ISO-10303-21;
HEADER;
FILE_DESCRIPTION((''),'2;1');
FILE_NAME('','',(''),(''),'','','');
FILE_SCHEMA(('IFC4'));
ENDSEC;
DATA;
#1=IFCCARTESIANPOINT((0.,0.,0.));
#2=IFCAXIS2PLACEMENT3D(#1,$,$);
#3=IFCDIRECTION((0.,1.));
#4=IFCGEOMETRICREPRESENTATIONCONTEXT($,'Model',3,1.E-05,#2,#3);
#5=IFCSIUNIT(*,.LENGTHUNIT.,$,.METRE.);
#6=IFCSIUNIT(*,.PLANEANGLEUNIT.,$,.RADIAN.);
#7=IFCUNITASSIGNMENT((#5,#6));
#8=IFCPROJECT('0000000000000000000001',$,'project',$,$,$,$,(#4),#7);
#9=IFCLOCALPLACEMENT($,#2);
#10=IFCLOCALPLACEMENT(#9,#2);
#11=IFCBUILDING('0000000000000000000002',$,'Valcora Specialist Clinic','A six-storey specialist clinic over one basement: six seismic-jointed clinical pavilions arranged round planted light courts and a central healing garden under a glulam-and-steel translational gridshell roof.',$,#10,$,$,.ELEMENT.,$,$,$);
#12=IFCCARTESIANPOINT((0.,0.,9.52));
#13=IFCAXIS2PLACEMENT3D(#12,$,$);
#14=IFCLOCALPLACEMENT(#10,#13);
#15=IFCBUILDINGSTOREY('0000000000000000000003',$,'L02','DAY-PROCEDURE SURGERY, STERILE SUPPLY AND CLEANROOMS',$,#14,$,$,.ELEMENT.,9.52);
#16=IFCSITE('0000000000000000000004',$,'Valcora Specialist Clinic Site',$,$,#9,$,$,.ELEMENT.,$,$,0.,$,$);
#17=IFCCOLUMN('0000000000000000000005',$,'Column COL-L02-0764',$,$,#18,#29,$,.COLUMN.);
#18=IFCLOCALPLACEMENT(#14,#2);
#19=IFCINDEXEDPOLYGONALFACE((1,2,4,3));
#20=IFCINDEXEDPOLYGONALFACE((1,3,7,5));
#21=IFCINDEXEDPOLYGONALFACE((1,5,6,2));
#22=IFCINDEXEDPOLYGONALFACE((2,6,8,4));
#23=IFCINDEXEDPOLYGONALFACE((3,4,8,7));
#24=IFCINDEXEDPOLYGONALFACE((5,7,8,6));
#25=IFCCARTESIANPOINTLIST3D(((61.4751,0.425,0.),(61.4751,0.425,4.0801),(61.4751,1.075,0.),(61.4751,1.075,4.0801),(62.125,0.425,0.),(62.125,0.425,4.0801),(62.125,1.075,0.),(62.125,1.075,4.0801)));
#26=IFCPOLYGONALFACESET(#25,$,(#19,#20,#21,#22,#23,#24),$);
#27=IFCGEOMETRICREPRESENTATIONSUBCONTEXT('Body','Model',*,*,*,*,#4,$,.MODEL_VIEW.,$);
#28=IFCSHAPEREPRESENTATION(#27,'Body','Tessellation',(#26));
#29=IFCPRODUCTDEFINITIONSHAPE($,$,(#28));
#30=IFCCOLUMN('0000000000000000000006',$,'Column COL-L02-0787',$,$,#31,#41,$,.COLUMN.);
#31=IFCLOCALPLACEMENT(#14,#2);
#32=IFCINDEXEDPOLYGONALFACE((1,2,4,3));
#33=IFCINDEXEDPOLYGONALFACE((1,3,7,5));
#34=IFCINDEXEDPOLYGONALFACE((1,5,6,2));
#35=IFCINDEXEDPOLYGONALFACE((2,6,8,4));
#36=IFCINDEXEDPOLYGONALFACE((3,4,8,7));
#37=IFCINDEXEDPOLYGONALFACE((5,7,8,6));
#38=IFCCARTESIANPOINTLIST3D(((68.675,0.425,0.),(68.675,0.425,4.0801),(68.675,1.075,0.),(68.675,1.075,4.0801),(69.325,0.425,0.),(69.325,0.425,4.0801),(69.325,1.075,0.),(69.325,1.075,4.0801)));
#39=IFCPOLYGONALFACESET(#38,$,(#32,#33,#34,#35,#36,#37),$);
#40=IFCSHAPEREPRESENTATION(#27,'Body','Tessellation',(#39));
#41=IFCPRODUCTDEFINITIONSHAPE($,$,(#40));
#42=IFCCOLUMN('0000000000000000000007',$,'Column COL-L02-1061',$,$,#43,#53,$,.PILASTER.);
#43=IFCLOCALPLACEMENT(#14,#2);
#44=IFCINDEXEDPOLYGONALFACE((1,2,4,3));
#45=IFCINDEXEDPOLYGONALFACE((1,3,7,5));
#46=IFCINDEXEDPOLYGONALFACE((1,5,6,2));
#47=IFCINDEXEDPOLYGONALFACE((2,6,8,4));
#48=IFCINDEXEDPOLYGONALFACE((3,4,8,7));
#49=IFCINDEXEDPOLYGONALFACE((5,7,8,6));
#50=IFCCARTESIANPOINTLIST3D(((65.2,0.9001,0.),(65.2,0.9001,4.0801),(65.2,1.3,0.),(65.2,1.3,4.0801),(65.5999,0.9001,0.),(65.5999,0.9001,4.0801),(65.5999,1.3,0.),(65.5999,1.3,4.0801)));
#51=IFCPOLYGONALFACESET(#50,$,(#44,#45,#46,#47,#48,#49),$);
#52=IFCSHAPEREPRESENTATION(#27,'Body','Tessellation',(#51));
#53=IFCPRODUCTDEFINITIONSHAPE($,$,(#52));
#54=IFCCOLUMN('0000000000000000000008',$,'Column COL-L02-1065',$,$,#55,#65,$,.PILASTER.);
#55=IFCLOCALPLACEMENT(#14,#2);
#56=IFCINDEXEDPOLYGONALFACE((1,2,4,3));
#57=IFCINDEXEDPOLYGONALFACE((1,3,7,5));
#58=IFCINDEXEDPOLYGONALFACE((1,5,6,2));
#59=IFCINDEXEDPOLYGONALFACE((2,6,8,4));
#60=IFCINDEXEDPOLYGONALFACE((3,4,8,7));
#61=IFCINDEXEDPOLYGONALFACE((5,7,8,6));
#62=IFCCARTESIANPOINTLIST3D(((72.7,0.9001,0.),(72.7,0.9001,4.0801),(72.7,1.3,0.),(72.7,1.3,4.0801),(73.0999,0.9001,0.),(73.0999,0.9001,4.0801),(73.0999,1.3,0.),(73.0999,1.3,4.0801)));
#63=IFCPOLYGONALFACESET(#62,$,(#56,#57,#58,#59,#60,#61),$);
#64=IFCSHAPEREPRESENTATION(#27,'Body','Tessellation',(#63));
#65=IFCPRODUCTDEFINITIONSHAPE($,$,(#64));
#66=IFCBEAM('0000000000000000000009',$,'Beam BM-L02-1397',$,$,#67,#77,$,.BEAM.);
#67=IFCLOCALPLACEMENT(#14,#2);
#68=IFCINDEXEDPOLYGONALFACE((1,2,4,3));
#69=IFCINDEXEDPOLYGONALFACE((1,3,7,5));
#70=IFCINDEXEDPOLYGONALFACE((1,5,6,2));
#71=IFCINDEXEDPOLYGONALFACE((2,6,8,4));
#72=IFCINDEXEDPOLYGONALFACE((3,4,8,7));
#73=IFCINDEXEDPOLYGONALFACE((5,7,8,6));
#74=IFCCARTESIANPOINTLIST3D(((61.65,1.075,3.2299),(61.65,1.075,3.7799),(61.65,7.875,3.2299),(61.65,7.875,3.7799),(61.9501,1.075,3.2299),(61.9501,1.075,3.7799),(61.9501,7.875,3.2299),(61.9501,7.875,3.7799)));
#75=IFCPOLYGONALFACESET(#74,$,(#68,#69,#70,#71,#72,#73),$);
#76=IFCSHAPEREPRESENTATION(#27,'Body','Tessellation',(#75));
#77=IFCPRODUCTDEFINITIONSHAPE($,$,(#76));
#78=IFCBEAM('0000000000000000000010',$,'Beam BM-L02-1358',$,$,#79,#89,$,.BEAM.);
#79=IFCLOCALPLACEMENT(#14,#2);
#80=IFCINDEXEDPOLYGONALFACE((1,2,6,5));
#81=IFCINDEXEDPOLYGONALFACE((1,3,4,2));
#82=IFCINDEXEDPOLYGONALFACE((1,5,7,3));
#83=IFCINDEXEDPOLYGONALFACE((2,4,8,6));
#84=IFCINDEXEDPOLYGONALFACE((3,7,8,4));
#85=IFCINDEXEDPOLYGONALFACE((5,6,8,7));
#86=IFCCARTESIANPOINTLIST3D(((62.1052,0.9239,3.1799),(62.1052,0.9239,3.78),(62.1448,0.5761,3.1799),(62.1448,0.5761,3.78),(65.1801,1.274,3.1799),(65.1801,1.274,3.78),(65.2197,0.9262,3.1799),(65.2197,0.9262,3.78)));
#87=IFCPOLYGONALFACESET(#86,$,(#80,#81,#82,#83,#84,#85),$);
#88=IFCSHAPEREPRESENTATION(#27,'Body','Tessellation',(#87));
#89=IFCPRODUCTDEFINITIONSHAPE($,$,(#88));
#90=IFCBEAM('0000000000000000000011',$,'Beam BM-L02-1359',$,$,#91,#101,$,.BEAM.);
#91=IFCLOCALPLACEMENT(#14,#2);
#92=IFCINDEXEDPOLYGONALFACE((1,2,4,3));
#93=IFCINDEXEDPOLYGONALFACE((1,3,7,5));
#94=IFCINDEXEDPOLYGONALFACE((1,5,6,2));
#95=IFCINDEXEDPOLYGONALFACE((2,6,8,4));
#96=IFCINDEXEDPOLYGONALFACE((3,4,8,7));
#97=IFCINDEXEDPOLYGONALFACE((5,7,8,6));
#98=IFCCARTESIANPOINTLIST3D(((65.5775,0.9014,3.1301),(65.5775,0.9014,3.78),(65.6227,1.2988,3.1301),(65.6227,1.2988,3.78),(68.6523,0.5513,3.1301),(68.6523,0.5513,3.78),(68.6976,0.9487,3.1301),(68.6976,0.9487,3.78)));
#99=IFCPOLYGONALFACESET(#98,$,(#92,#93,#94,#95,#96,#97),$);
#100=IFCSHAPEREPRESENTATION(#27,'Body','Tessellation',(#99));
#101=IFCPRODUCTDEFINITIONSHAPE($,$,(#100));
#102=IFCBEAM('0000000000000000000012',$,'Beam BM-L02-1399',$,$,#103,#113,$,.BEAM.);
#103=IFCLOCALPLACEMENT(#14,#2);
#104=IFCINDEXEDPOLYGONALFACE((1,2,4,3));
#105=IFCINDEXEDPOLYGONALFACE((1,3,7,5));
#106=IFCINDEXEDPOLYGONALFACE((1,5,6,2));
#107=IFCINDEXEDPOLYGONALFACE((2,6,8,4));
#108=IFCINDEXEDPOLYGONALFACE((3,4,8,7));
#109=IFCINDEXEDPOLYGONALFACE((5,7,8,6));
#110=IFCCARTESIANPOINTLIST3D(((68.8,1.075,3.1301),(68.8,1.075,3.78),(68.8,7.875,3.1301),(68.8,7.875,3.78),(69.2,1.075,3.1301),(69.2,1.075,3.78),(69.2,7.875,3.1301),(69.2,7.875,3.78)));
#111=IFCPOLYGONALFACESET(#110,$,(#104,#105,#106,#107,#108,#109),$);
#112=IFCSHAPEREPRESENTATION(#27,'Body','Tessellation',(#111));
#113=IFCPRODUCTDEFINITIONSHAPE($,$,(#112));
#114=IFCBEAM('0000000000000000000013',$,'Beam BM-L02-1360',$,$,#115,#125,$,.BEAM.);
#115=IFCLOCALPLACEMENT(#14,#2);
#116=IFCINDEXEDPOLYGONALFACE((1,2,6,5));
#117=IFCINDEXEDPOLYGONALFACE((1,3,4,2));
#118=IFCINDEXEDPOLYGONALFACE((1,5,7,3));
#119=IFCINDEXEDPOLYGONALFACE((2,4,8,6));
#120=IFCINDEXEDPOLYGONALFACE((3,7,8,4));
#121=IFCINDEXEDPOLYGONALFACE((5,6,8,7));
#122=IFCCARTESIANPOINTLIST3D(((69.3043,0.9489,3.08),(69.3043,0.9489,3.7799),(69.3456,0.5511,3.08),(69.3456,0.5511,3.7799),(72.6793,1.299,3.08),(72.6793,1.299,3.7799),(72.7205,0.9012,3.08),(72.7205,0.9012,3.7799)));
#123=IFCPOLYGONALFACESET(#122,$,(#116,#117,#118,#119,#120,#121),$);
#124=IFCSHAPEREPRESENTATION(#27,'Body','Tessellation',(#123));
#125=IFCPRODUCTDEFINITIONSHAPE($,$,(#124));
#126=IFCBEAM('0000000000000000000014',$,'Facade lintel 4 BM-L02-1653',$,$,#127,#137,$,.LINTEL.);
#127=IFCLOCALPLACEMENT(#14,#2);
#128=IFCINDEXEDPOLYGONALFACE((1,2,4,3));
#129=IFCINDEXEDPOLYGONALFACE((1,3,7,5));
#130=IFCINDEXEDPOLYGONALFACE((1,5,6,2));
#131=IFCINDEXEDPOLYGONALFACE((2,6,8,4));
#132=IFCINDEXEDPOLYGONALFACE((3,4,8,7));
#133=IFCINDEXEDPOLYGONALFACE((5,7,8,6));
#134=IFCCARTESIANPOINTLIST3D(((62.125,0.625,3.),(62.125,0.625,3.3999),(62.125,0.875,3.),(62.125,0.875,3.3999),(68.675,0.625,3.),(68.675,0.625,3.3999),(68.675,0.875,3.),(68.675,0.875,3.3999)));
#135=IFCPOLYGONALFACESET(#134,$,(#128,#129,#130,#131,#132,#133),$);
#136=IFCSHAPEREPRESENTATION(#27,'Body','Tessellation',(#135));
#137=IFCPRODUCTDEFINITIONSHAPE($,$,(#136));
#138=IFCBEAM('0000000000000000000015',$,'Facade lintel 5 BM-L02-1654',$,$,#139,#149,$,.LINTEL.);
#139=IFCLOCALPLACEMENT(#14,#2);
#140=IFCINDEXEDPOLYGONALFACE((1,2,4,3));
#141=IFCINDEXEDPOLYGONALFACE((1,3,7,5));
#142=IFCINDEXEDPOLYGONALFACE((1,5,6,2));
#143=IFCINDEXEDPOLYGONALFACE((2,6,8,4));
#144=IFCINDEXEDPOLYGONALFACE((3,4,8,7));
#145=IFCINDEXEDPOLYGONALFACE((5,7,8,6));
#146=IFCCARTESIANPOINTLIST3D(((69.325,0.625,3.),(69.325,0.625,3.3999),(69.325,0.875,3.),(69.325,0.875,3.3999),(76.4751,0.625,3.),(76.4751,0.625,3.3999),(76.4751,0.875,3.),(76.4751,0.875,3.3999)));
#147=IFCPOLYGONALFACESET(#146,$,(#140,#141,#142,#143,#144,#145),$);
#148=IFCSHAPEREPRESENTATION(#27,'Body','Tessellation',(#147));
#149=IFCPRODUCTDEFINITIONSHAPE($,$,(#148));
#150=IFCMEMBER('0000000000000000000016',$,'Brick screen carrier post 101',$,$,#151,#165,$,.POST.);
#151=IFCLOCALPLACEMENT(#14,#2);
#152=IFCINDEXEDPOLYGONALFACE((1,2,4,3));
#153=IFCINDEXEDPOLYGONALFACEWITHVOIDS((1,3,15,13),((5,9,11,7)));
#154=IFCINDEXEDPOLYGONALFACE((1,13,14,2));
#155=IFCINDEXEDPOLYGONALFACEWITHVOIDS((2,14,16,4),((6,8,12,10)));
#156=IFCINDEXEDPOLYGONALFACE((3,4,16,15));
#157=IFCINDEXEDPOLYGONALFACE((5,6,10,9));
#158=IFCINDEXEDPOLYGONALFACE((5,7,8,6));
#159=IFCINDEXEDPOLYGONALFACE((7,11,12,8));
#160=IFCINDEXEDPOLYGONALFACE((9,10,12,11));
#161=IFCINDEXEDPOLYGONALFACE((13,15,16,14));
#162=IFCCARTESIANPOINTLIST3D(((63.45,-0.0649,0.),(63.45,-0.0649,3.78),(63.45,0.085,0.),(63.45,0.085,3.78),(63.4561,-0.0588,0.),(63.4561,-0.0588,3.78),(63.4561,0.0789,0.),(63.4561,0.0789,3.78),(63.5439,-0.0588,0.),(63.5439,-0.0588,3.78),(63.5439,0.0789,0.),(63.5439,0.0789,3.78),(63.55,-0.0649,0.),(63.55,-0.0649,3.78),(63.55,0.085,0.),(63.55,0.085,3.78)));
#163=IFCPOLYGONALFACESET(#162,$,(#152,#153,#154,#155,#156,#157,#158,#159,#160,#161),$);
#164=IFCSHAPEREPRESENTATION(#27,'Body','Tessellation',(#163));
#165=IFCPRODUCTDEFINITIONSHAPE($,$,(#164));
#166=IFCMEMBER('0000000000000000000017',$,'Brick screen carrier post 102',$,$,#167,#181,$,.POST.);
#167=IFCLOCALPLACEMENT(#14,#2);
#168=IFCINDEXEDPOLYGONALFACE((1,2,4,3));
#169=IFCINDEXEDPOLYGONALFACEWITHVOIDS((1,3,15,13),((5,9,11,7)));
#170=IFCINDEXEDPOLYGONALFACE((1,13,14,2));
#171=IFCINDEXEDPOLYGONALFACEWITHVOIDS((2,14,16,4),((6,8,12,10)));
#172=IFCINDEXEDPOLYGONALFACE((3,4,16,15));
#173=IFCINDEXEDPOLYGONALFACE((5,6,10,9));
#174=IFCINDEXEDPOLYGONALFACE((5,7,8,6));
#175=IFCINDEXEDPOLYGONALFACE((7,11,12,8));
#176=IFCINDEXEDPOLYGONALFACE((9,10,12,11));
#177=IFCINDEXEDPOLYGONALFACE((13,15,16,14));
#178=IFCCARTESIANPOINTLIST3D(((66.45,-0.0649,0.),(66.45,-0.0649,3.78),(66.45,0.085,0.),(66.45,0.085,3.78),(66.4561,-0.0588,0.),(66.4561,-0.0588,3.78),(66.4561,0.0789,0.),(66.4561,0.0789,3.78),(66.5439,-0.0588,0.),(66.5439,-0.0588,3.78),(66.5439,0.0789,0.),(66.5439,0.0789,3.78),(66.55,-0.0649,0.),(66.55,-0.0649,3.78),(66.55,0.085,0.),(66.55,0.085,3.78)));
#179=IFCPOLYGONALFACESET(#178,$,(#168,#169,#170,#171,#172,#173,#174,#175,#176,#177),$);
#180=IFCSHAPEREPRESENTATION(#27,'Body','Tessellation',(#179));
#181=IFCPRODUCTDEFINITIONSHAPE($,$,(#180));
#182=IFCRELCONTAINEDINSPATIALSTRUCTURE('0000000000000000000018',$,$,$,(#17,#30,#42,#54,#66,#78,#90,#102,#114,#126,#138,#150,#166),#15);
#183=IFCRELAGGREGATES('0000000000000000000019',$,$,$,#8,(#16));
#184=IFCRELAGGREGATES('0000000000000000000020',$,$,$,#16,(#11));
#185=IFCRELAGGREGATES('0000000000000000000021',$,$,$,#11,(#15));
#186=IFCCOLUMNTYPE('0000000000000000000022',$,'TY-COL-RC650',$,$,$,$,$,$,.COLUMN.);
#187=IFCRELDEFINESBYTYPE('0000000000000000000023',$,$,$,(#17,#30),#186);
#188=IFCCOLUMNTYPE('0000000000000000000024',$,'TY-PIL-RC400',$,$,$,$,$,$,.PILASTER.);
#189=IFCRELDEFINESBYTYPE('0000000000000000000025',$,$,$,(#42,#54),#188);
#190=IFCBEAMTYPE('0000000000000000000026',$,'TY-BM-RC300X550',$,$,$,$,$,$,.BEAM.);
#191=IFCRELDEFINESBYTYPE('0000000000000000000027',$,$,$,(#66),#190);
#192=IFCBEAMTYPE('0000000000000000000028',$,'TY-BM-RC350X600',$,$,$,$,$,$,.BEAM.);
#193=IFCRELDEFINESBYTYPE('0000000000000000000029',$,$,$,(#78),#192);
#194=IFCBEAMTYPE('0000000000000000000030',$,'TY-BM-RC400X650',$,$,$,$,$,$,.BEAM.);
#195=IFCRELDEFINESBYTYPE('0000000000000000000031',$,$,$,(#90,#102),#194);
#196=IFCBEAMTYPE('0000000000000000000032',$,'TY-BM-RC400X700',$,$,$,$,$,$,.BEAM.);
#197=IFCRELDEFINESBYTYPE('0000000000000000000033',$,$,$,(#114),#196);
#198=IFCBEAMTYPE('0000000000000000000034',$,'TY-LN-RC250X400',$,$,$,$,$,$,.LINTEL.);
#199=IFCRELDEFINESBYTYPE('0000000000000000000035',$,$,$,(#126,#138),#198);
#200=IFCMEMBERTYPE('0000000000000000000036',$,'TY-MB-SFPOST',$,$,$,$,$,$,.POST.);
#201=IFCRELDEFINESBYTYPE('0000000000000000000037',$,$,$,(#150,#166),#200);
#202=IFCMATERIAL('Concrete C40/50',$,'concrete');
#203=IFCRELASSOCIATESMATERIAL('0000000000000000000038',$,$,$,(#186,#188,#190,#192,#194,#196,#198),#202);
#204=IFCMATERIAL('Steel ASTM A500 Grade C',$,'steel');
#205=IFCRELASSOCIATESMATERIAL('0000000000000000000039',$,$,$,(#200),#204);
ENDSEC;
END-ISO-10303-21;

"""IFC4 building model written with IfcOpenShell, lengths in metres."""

from ifc_helpers import new_model, si_unit, direction, frame, origin, origin_2d, place, context, subcontext, project, spatial, rectangle, hollow_rectangle, extrude, material, material_profile, profile_set, type_object, element, save


model = new_model("IFC4")

# Units and contexts
model_context = context("Model", 3, precision=1e-05, world=origin(), true_north=direction((0.0, 1.0)))
body_context = subcontext(model_context, "Body", "Model", "MODEL_VIEW")
ifc_project = project(units=[si_unit("LENGTHUNIT", "METRE"), si_unit("PLANEANGLEUNIT", "RADIAN")], contexts=[model_context])

# Site, building, storey
site_placement = place(None, origin())
site = spatial("IfcSite", under=ifc_project, at=site_placement, Name="Valcora Specialist Clinic Site", CompositionType="ELEMENT", RefElevation=0.0)
building_placement = place(site_placement, origin())
building = spatial("IfcBuilding", under=site, at=building_placement, Name="Valcora Specialist Clinic", Description="A six-storey specialist clinic over one basement: six seismic-jointed clinical pavilions arranged round planted light courts and a central healing garden under a glulam-and-steel translational gridshell roof.", CompositionType="ELEMENT")
storey_placement = place(building_placement, frame((0.0, 0.0, 9.52)))
storey = spatial("IfcBuildingStorey", under=building, at=storey_placement, Name="L02", Description="DAY-PROCEDURE SURGERY, STERILE SUPPLY AND CLEANROOMS", CompositionType="ELEMENT", Elevation=9.52)

# Columns
ifc_material_1 = material(Name="Concrete C40/50", Category="concrete")
ifc_material_profile_1 = material_profile(ifc_material_1, rectangle(XDim=0.6499, YDim=0.6499, at=origin_2d()), Name="RC-COL-650X650")
ifc_profile_set_1 = profile_set([ifc_material_profile_1], Name="Concrete C40/50")
column_type_1 = type_object("IfcColumnType", Name="TY-COL-RC650", PredefinedType="COLUMN", material=ifc_profile_set_1)
for number, where, z_axis, x_axis, name in (
    (1, (61.8, 0.75, 0.0), (0.0, 0.0, 1.0), (1.0, 0.0, 0.0), "Column COL-L02-0764"),
    (2, (69.0, 0.75, 0.0), (0.0, 0.0, 1.0), (1.0, 0.0, 0.0), "Column COL-L02-0787"),
):
    element("IfcColumn", number, at=place(storey_placement, frame(where, z_axis=z_axis, x_axis=x_axis)), inside=storey, type_object=column_type_1, Name=name, PredefinedType="COLUMN", context=body_context, shape_type="SweptSolid", body=[
        extrude(rectangle(XDim=0.6499, YDim=0.6499, at=origin_2d()), origin(), (0.0, 0.0, 1.0), 4.0801),
    ])
ifc_material_profile_2 = material_profile(ifc_material_1, rectangle(XDim=0.3999, YDim=0.3999, at=origin_2d()), Name="RC-COL-400X400")
ifc_profile_set_2 = profile_set([ifc_material_profile_2], Name="Concrete C40/50")
column_type_2 = type_object("IfcColumnType", Name="TY-PIL-RC400", PredefinedType="PILASTER", material=ifc_profile_set_2)
for number, where, z_axis, x_axis, name in (
    (3, (65.3999, 1.1001, 0.0), (0.0, 0.0, 1.0), (1.0, 0.0, 0.0), "Column COL-L02-1061"),
    (4, (72.8999, 1.1001, 0.0), (0.0, 0.0, 1.0), (1.0, 0.0, 0.0), "Column COL-L02-1065"),
):
    element("IfcColumn", number, at=place(storey_placement, frame(where, z_axis=z_axis, x_axis=x_axis)), inside=storey, type_object=column_type_2, Name=name, PredefinedType="PILASTER", context=body_context, shape_type="SweptSolid", body=[
        extrude(rectangle(XDim=0.3999, YDim=0.3999, at=origin_2d()), origin(), (0.0, 0.0, 1.0), 4.0801),
    ])

# Beams
ifc_material_profile_3 = material_profile(ifc_material_1, rectangle(XDim=0.3, YDim=0.55, at=origin_2d()), Name="RC-BM-300X550")
ifc_profile_set_3 = profile_set([ifc_material_profile_3], Name="Concrete C40/50")
beam_type_1 = type_object("IfcBeamType", Name="TY-BM-RC300X550", PredefinedType="BEAM", material=ifc_profile_set_3)
beam_1_placement = place(storey_placement, frame((61.8, 1.075, 3.5049), z_axis=(0.0, 1.0, 0.0), x_axis=(-1.0, 0.0, 0.0)))
element("IfcBeam", 5, at=beam_1_placement, inside=storey, type_object=beam_type_1, Name="Beam BM-L02-1397", PredefinedType="BEAM", context=body_context, shape_type="SweptSolid", body=[
    extrude(rectangle(XDim=0.3, YDim=0.55, at=origin_2d()), origin(), (0.0, 0.0, 1.0), 6.8),
])
ifc_material_profile_4 = material_profile(ifc_material_1, rectangle(XDim=0.3501, YDim=0.6001, at=origin_2d()), Name="RC-BM-350X600")
ifc_profile_set_4 = profile_set([ifc_material_profile_4], Name="Concrete C40/50")
beam_type_2 = type_object("IfcBeamType", Name="TY-BM-RC350X600", PredefinedType="BEAM", material=ifc_profile_set_4)
beam_2_placement = place(storey_placement, frame((62.125, 0.75, 3.48), z_axis=(0.993581, 0.113124, 0.0), x_axis=(-0.113124, 0.993581, 0.0)))
element("IfcBeam", 6, at=beam_2_placement, inside=storey, type_object=beam_type_2, Name="Beam BM-L02-1358", PredefinedType="BEAM", context=body_context, shape_type="SweptSolid", body=[
    extrude(rectangle(XDim=0.3501, YDim=0.6001, at=origin_2d()), origin(), (0.0, 0.0, 1.0), 3.0947),
])
ifc_material_profile_5 = material_profile(ifc_material_1, rectangle(XDim=0.3999, YDim=0.6499, at=origin_2d()), Name="RC-BM-400X650")
ifc_profile_set_5 = profile_set([ifc_material_profile_5], Name="Concrete C40/50")
beam_type_3 = type_object("IfcBeamType", Name="TY-BM-RC400X650", PredefinedType="BEAM", material=ifc_profile_set_5)
beam_3_placement = place(storey_placement, frame((65.6001, 1.1001, 3.4551), z_axis=(0.993581, -0.113124, 0.0), x_axis=(0.113124, 0.993581, 0.0)))
element("IfcBeam", 7, at=beam_3_placement, inside=storey, type_object=beam_type_3, Name="Beam BM-L02-1359", PredefinedType="BEAM", context=body_context, shape_type="SweptSolid", body=[
    extrude(rectangle(XDim=0.3999, YDim=0.6499, at=origin_2d()), origin(), (0.0, 0.0, 1.0), 3.0947),
])
beam_4_placement = place(storey_placement, frame((69.0, 1.075, 3.4551), z_axis=(0.0, 1.0, 0.0), x_axis=(-1.0, 0.0, 0.0)))
element("IfcBeam", 8, at=beam_4_placement, inside=storey, type_object=beam_type_3, Name="Beam BM-L02-1399", PredefinedType="BEAM", context=body_context, shape_type="SweptSolid", body=[
    extrude(rectangle(XDim=0.3999, YDim=0.6499, at=origin_2d()), origin(), (0.0, 0.0, 1.0), 6.8),
])
ifc_material_profile_6 = material_profile(ifc_material_1, rectangle(XDim=0.3999, YDim=0.7, at=origin_2d()), Name="RC-BM-400X700")
ifc_profile_set_6 = profile_set([ifc_material_profile_6], Name="Concrete C40/50")
beam_type_4 = type_object("IfcBeamType", Name="TY-BM-RC400X700", PredefinedType="BEAM", material=ifc_profile_set_6)
beam_5_placement = place(storey_placement, frame((69.325, 0.75, 3.4299), z_axis=(0.994663, 0.103179, 0.0), x_axis=(-0.103179, 0.994663, 0.0)))
element("IfcBeam", 9, at=beam_5_placement, inside=storey, type_object=beam_type_4, Name="Beam BM-L02-1360", PredefinedType="BEAM", context=body_context, shape_type="SweptSolid", body=[
    extrude(rectangle(XDim=0.3999, YDim=0.7, at=origin_2d()), origin(), (0.0, 0.0, 1.0), 3.3931),
])
ifc_material_profile_7 = material_profile(ifc_material_1, rectangle(XDim=0.25, YDim=0.3999, at=origin_2d()), Name="RC-LN-250X400")
ifc_profile_set_7 = profile_set([ifc_material_profile_7], Name="Concrete C40/50")
beam_type_5 = type_object("IfcBeamType", Name="TY-LN-RC250X400", PredefinedType="LINTEL", material=ifc_profile_set_7)
beam_6_placement = place(storey_placement, frame((62.125, 0.75, 3.2), z_axis=(1.0, 0.0, 0.0), x_axis=(0.0, 1.0, 0.0)))
element("IfcBeam", 10, at=beam_6_placement, inside=storey, type_object=beam_type_5, Name="Facade lintel 4 BM-L02-1653", PredefinedType="LINTEL", context=body_context, shape_type="SweptSolid", body=[
    extrude(rectangle(XDim=0.25, YDim=0.3999, at=origin_2d()), origin(), (0.0, 0.0, 1.0), 6.55),
])
beam_7_placement = place(storey_placement, frame((69.325, 0.75, 3.2), z_axis=(1.0, 0.0, 0.0), x_axis=(0.0, 1.0, 0.0)))
element("IfcBeam", 11, at=beam_7_placement, inside=storey, type_object=beam_type_5, Name="Facade lintel 5 BM-L02-1654", PredefinedType="LINTEL", context=body_context, shape_type="SweptSolid", body=[
    extrude(rectangle(XDim=0.25, YDim=0.3999, at=origin_2d()), origin(), (0.0, 0.0, 1.0), 7.1501),
])

# Members
ifc_material_2 = material(Name="Steel ASTM A500 Grade C", Category="steel")
ifc_material_profile_8 = material_profile(ifc_material_2, hollow_rectangle(XDim=0.1001, YDim=0.1499, WallThickness=0.0061, at=origin_2d()), Name="ST-RHS-150X100X6")
ifc_profile_set_8 = profile_set([ifc_material_profile_8], Name="Steel ASTM A500 Grade C")
member_type_1 = type_object("IfcMemberType", Name="TY-MB-SFPOST", PredefinedType="POST", material=ifc_profile_set_8)
for number, where, z_axis, x_axis, name in (
    (12, (63.5, 0.01, 0.0), (0.0, 0.0, 1.0), (1.0, 0.0, 0.0), "Brick screen carrier post 101"),
    (13, (66.5, 0.01, 0.0), (0.0, 0.0, 1.0), (1.0, 0.0, 0.0), "Brick screen carrier post 102"),
):
    element("IfcMember", number, at=place(storey_placement, frame(where, z_axis=z_axis, x_axis=x_axis)), inside=storey, type_object=member_type_1, Name=name, PredefinedType="POST", context=body_context, shape_type="SweptSolid", body=[
        extrude(hollow_rectangle(XDim=0.1001, YDim=0.1499, WallThickness=0.0061, at=origin_2d()), origin(), (0.0, 0.0, 1.0), 3.78),
    ])

save(model, "model.ifc")
